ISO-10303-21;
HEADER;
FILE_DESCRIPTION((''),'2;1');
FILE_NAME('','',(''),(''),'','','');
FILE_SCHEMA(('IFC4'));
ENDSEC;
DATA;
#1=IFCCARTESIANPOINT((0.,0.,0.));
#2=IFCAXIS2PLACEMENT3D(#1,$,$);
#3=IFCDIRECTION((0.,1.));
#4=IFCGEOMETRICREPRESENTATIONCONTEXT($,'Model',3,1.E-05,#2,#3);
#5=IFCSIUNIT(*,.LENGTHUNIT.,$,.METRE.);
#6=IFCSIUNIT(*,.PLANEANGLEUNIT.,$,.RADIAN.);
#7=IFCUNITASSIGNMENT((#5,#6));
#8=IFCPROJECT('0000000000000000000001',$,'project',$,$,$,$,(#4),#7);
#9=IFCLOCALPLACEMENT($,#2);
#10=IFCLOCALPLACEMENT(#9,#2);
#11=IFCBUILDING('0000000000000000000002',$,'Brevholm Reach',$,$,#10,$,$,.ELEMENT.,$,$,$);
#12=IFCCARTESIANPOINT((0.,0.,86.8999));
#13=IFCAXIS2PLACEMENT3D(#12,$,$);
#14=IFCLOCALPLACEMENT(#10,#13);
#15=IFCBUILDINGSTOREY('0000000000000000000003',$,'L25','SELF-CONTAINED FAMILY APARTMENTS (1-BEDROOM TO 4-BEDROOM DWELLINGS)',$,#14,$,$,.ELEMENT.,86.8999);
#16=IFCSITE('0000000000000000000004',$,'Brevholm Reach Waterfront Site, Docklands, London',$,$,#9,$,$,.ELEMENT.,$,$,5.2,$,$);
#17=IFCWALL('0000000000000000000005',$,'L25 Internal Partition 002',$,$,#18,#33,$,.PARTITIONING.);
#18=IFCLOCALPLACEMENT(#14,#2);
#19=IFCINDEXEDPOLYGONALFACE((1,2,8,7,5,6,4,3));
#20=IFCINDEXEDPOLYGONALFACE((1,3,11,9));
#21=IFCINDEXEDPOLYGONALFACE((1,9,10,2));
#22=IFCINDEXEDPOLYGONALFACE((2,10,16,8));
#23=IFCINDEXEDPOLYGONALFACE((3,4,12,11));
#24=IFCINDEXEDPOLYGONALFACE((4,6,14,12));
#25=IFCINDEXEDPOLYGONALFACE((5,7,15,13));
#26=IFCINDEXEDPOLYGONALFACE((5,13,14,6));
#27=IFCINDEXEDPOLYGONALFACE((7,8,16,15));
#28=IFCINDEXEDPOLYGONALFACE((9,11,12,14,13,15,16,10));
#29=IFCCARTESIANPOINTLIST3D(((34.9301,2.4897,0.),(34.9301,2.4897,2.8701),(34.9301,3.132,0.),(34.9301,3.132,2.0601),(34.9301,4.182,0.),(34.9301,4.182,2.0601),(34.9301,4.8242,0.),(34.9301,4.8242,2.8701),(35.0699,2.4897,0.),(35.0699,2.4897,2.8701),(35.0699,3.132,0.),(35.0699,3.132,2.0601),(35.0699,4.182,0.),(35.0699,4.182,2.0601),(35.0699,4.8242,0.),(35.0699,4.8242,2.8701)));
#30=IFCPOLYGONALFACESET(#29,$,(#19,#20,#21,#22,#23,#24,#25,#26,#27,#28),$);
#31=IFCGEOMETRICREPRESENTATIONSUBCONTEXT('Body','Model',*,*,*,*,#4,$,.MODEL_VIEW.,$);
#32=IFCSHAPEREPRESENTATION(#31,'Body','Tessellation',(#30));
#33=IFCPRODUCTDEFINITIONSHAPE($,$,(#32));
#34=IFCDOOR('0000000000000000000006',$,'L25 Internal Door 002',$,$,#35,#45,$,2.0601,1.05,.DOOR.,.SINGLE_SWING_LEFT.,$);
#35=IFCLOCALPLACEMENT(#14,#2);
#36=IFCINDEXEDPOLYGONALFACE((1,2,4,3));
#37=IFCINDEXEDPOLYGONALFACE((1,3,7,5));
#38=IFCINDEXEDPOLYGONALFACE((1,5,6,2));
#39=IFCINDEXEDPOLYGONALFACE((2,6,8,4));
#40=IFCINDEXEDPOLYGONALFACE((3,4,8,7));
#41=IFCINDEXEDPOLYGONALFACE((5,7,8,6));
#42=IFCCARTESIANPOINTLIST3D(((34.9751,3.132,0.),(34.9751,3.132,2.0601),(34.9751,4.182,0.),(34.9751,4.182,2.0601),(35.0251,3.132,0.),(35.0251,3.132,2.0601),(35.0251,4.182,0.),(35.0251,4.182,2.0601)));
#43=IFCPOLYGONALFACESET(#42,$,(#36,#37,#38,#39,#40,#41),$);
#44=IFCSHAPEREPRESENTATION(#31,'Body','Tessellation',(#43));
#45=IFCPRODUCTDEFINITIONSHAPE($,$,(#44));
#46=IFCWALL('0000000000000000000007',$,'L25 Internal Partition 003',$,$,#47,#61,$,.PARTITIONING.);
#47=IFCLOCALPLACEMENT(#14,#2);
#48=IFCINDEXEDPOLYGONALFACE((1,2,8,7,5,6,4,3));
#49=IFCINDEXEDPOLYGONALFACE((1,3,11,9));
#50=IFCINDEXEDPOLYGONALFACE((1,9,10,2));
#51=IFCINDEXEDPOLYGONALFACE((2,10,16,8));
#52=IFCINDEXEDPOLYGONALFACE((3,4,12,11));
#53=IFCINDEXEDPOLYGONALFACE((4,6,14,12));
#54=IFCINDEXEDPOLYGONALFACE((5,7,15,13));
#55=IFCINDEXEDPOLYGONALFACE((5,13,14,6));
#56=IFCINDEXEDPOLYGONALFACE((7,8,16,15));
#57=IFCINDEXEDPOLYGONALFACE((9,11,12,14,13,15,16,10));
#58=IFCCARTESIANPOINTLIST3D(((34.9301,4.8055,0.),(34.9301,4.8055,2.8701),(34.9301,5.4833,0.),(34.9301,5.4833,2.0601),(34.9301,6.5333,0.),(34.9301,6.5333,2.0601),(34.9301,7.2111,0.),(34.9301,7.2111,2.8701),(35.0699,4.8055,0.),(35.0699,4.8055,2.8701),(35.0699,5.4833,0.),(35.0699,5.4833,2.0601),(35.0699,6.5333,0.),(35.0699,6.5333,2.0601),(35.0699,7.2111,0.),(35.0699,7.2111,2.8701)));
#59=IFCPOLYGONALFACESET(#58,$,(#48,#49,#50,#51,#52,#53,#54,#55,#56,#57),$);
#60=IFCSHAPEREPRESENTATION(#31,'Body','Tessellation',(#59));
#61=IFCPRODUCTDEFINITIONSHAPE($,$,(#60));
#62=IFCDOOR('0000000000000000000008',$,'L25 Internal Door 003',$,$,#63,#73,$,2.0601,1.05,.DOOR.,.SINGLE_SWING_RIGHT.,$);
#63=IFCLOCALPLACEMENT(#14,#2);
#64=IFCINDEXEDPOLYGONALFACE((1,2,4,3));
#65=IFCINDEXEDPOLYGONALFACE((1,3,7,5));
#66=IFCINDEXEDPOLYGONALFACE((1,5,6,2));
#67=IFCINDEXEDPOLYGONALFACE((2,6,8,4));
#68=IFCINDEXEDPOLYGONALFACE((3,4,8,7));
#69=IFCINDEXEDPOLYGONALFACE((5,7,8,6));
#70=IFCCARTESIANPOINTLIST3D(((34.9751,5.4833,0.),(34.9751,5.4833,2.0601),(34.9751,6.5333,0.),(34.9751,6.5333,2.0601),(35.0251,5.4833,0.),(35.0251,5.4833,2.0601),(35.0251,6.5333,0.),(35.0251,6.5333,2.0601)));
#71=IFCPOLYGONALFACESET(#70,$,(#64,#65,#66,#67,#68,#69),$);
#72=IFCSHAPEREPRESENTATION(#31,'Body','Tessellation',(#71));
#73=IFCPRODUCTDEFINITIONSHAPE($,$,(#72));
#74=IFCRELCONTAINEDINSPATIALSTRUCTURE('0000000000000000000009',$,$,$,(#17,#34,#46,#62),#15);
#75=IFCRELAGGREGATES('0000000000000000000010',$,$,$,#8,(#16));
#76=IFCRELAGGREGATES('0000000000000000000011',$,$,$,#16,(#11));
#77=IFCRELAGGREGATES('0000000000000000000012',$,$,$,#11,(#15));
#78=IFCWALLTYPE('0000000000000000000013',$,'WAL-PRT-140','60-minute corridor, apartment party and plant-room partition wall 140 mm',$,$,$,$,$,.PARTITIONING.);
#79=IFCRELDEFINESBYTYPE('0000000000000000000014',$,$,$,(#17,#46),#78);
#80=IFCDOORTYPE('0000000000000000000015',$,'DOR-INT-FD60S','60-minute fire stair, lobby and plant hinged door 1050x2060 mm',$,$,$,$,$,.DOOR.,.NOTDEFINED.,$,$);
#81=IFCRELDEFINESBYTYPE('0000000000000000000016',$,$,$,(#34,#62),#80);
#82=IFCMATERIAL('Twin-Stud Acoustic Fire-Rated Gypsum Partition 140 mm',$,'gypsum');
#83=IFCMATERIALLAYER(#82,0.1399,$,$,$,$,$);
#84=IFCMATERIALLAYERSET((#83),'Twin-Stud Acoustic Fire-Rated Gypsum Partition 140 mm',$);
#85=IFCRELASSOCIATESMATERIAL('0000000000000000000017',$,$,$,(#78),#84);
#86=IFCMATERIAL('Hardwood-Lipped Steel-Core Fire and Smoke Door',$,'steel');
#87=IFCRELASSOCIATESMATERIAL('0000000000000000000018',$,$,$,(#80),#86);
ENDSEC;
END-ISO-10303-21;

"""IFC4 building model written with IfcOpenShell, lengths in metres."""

from ifc_helpers import new_model, si_unit, direction, frame, frame_2d, origin, place, context, subcontext, project, spatial, rectangle, extrude, material, layer, layer_set, type_object, element, fill, save


model = new_model("IFC4")

# Units and contexts
model_context = context("Model", 3, precision=1e-05, world=origin(), true_north=direction((0.0, 1.0)))
body_context = subcontext(model_context, "Body", "Model", "MODEL_VIEW")
ifc_project = project(units=[si_unit("LENGTHUNIT", "METRE"), si_unit("PLANEANGLEUNIT", "RADIAN")], contexts=[model_context])

# Site, building, storey
site_placement = place(None, origin())
site = spatial("IfcSite", under=ifc_project, at=site_placement, Name="Brevholm Reach Waterfront Site, Docklands, London", CompositionType="ELEMENT", RefElevation=5.2)
building_placement = place(site_placement, origin())
building = spatial("IfcBuilding", under=site, at=building_placement, Name="Brevholm Reach", CompositionType="ELEMENT")
storey_placement = place(building_placement, frame((0.0, 0.0, 86.8999)))
storey = spatial("IfcBuildingStorey", under=building, at=storey_placement, Name="L25", Description="SELF-CONTAINED FAMILY APARTMENTS (1-BEDROOM TO 4-BEDROOM DWELLINGS)", CompositionType="ELEMENT", Elevation=86.8999)

# Walls, openings, doors
ifc_material_1 = material(Name="Twin-Stud Acoustic Fire-Rated Gypsum Partition 140 mm", Category="gypsum")
ifc_layer_1 = layer(ifc_material_1, 0.1399)
ifc_layer_set_1 = layer_set([ifc_layer_1], Name="Twin-Stud Acoustic Fire-Rated Gypsum Partition 140 mm")
wall_type_1 = type_object("IfcWallType", Name="WAL-PRT-140", Description="60-minute corridor, apartment party and plant-room partition wall 140 mm", PredefinedType="PARTITIONING", material=ifc_layer_set_1)
ifc_material_2 = material(Name="Hardwood-Lipped Steel-Core Fire and Smoke Door", Category="steel")
door_type_1 = type_object("IfcDoorType", Name="DOR-INT-FD60S", Description="60-minute fire stair, lobby and plant hinged door 1050x2060 mm", OperationType="NOTDEFINED", PredefinedType="DOOR", material=ifc_material_2)
wall_1_placement = place(storey_placement, frame((35.0, 2.4897, 0.0), z_axis=(0.0, 0.0, 1.0), x_axis=(0.0, 1.0, 0.0)))
wall_1 = element("IfcWall", 1, at=wall_1_placement, inside=storey, type_object=wall_type_1, Name="L25 Internal Partition 002", PredefinedType="PARTITIONING", context=body_context, shape_type="SweptSolid", body=[
    extrude(rectangle(XDim=2.3345, YDim=0.1399, at=frame_2d((1.1672, 0.0))), origin(), (0.0, 0.0, 1.0), 2.8701),
])
opening_1_placement = place(wall_1_placement, frame((0.6423, 0.0, 0.0)))
opening_1 = element("IfcOpeningElement", 2, at=opening_1_placement, cuts=wall_1, PredefinedType="OPENING", context=body_context, shape_type="SweptSolid", body=[
    extrude(rectangle(XDim=1.05, YDim=2.0601, at=frame_2d((0.5249, 1.03))), frame((0.0, 0.0798, 0.0), z_axis=(0.0, -1.0, 0.0), x_axis=(1.0, 0.0, 0.0)), (0.0, 0.0, 1.0), 0.1599),
])
door_1_placement = place(opening_1_placement, origin())
door_1 = element("IfcDoor", 3, at=door_1_placement, inside=storey, type_object=door_type_1, Name="L25 Internal Door 002", OperationType="SINGLE_SWING_LEFT", OverallHeight=2.0601, OverallWidth=1.05, PredefinedType="DOOR", context=body_context, shape_type="SweptSolid", body=[
    extrude(rectangle(XDim=1.05, YDim=2.0601, at=frame_2d((0.5249, 1.03))), frame((0.0, 0.0249, 0.0), z_axis=(0.0, -1.0, 0.0), x_axis=(1.0, 0.0, 0.0)), (0.0, 0.0, 1.0), 0.05),
])
fill(opening_1, door_1)
wall_2_placement = place(storey_placement, frame((35.0, 4.8057, 0.0), z_axis=(0.0, 0.0, 1.0), x_axis=(0.0, 1.0, 0.0)))
wall_2 = element("IfcWall", 4, at=wall_2_placement, inside=storey, type_object=wall_type_1, Name="L25 Internal Partition 003", PredefinedType="PARTITIONING", context=body_context, shape_type="SweptSolid", body=[
    extrude(rectangle(XDim=2.4055, YDim=0.1399, at=frame_2d((1.2026, 0.0))), origin(), (0.0, 0.0, 1.0), 2.8701),
])
opening_2_placement = place(wall_2_placement, frame((0.6777, 0.0, 0.0)))
opening_2 = element("IfcOpeningElement", 5, at=opening_2_placement, cuts=wall_2, PredefinedType="OPENING", context=body_context, shape_type="SweptSolid", body=[
    extrude(rectangle(XDim=1.05, YDim=2.0601, at=frame_2d((0.5249, 1.03))), frame((0.0, 0.0798, 0.0), z_axis=(0.0, -1.0, 0.0), x_axis=(1.0, 0.0, 0.0)), (0.0, 0.0, 1.0), 0.1599),
])
door_2_placement = place(opening_2_placement, origin())
door_2 = element("IfcDoor", 6, at=door_2_placement, inside=storey, type_object=door_type_1, Name="L25 Internal Door 003", OperationType="SINGLE_SWING_RIGHT", OverallHeight=2.0601, OverallWidth=1.05, PredefinedType="DOOR", context=body_context, shape_type="SweptSolid", body=[
    extrude(rectangle(XDim=1.05, YDim=2.0601, at=frame_2d((0.5249, 1.03))), frame((0.0, 0.0249, 0.0), z_axis=(0.0, -1.0, 0.0), x_axis=(1.0, 0.0, 0.0)), (0.0, 0.0, 1.0), 0.05),
])
fill(opening_2, door_2)

save(model, "model.ifc")
